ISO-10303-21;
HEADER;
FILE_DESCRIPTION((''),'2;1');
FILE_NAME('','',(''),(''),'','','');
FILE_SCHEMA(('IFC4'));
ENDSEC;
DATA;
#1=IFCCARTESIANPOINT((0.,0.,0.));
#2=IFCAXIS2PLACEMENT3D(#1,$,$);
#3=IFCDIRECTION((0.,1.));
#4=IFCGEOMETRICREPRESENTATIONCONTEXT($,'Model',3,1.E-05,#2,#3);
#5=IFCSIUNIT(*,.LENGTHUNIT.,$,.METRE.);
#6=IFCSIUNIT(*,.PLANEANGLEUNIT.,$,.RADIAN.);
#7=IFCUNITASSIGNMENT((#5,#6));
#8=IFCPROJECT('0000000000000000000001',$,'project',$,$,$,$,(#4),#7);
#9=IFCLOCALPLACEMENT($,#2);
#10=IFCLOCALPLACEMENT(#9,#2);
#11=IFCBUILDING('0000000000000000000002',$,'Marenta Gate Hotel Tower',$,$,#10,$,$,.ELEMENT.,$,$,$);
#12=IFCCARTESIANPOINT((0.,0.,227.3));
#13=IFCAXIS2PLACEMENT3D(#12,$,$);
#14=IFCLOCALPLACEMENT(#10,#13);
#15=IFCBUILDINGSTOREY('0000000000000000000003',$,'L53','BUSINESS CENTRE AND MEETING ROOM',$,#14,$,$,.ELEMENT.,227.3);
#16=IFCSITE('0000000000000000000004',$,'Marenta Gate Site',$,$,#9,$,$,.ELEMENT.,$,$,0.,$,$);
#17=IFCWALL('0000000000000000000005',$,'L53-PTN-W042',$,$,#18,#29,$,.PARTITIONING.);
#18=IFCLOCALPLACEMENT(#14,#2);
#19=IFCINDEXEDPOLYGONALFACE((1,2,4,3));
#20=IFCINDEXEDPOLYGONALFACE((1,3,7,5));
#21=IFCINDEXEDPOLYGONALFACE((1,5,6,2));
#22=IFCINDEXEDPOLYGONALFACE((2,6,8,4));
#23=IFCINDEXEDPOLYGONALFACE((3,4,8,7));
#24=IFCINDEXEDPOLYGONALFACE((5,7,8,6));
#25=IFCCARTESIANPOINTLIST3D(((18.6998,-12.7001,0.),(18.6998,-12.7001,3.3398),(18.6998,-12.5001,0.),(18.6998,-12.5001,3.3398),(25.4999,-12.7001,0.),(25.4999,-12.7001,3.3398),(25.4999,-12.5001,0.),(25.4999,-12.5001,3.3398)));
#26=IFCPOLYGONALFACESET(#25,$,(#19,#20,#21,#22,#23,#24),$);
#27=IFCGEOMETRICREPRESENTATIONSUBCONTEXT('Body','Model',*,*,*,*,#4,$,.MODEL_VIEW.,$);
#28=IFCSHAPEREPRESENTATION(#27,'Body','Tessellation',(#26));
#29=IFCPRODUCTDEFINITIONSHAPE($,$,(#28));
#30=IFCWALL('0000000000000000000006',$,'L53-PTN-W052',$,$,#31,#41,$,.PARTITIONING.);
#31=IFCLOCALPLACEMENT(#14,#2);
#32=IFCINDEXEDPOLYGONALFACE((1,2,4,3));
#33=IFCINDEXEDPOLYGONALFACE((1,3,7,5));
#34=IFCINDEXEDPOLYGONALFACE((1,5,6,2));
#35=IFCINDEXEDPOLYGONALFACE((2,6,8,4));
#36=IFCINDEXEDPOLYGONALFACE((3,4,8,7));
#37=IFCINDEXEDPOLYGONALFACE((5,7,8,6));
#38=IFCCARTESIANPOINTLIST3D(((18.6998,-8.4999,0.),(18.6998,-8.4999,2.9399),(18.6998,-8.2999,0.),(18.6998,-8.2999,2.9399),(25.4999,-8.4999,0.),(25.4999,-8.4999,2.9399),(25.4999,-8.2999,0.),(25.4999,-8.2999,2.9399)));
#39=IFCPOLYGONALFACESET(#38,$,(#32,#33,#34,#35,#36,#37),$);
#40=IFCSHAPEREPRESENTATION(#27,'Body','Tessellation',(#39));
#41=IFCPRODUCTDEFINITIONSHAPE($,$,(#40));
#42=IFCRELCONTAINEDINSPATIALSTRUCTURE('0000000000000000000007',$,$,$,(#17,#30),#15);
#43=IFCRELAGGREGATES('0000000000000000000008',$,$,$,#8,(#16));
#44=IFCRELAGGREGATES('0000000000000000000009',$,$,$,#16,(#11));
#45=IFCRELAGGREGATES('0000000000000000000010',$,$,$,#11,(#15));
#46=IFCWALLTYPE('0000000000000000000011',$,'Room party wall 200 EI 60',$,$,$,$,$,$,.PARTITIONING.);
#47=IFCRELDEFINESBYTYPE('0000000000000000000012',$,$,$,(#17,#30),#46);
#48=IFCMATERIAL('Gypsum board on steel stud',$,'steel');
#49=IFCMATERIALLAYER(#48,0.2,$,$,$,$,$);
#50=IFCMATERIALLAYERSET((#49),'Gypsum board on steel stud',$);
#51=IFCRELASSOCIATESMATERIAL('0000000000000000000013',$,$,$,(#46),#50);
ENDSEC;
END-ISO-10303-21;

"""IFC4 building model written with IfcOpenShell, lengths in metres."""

from ifc_helpers import new_model, si_unit, direction, frame, frame_2d, origin, place, context, subcontext, project, spatial, rectangle, extrude, material, layer, layer_set, type_object, element, save


model = new_model("IFC4")

# Units and contexts
model_context = context("Model", 3, precision=1e-05, world=origin(), true_north=direction((0.0, 1.0)))
body_context = subcontext(model_context, "Body", "Model", "MODEL_VIEW")
ifc_project = project(units=[si_unit("LENGTHUNIT", "METRE"), si_unit("PLANEANGLEUNIT", "RADIAN")], contexts=[model_context])

# Site, building, storey
site_placement = place(None, origin())
site = spatial("IfcSite", under=ifc_project, at=site_placement, Name="Marenta Gate Site", CompositionType="ELEMENT", RefElevation=0.0)
building_placement = place(site_placement, origin())
building = spatial("IfcBuilding", under=site, at=building_placement, Name="Marenta Gate Hotel Tower", CompositionType="ELEMENT")
storey_placement = place(building_placement, frame((0.0, 0.0, 227.3)))
storey = spatial("IfcBuildingStorey", under=building, at=storey_placement, Name="L53", Description="BUSINESS CENTRE AND MEETING ROOM", CompositionType="ELEMENT", Elevation=227.3)

# Walls
ifc_material_1 = material(Name="Gypsum board on steel stud", Category="steel")
ifc_layer_1 = layer(ifc_material_1, 0.2)
ifc_layer_set_1 = layer_set([ifc_layer_1], Name="Gypsum board on steel stud")
wall_type_1 = type_object("IfcWallType", Name="Room party wall 200 EI 60", PredefinedType="PARTITIONING", material=ifc_layer_set_1)
wall_1_placement = place(storey_placement, frame((18.7, -12.6001, 0.0), z_axis=(0.0, 0.0, 1.0), x_axis=(1.0, 0.0, 0.0)))
element("IfcWall", 1, at=wall_1_placement, inside=storey, type_object=wall_type_1, Name="L53-PTN-W042", PredefinedType="PARTITIONING", context=body_context, shape_type="SweptSolid", body=[
    extrude(rectangle(XDim=6.8, YDim=0.2, at=frame_2d((3.3999, 0.0))), origin(), (0.0, 0.0, 1.0), 3.3398),
])
wall_2_placement = place(storey_placement, frame((18.7, -8.3999, 0.0), z_axis=(0.0, 0.0, 1.0), x_axis=(1.0, 0.0, 0.0)))
element("IfcWall", 2, at=wall_2_placement, inside=storey, type_object=wall_type_1, Name="L53-PTN-W052", PredefinedType="PARTITIONING", context=body_context, shape_type="SweptSolid", body=[
    extrude(rectangle(XDim=6.8, YDim=0.2, at=frame_2d((3.3999, 0.0))), origin(), (0.0, 0.0, 1.0), 2.9399),
])

save(model, "model.ifc")
